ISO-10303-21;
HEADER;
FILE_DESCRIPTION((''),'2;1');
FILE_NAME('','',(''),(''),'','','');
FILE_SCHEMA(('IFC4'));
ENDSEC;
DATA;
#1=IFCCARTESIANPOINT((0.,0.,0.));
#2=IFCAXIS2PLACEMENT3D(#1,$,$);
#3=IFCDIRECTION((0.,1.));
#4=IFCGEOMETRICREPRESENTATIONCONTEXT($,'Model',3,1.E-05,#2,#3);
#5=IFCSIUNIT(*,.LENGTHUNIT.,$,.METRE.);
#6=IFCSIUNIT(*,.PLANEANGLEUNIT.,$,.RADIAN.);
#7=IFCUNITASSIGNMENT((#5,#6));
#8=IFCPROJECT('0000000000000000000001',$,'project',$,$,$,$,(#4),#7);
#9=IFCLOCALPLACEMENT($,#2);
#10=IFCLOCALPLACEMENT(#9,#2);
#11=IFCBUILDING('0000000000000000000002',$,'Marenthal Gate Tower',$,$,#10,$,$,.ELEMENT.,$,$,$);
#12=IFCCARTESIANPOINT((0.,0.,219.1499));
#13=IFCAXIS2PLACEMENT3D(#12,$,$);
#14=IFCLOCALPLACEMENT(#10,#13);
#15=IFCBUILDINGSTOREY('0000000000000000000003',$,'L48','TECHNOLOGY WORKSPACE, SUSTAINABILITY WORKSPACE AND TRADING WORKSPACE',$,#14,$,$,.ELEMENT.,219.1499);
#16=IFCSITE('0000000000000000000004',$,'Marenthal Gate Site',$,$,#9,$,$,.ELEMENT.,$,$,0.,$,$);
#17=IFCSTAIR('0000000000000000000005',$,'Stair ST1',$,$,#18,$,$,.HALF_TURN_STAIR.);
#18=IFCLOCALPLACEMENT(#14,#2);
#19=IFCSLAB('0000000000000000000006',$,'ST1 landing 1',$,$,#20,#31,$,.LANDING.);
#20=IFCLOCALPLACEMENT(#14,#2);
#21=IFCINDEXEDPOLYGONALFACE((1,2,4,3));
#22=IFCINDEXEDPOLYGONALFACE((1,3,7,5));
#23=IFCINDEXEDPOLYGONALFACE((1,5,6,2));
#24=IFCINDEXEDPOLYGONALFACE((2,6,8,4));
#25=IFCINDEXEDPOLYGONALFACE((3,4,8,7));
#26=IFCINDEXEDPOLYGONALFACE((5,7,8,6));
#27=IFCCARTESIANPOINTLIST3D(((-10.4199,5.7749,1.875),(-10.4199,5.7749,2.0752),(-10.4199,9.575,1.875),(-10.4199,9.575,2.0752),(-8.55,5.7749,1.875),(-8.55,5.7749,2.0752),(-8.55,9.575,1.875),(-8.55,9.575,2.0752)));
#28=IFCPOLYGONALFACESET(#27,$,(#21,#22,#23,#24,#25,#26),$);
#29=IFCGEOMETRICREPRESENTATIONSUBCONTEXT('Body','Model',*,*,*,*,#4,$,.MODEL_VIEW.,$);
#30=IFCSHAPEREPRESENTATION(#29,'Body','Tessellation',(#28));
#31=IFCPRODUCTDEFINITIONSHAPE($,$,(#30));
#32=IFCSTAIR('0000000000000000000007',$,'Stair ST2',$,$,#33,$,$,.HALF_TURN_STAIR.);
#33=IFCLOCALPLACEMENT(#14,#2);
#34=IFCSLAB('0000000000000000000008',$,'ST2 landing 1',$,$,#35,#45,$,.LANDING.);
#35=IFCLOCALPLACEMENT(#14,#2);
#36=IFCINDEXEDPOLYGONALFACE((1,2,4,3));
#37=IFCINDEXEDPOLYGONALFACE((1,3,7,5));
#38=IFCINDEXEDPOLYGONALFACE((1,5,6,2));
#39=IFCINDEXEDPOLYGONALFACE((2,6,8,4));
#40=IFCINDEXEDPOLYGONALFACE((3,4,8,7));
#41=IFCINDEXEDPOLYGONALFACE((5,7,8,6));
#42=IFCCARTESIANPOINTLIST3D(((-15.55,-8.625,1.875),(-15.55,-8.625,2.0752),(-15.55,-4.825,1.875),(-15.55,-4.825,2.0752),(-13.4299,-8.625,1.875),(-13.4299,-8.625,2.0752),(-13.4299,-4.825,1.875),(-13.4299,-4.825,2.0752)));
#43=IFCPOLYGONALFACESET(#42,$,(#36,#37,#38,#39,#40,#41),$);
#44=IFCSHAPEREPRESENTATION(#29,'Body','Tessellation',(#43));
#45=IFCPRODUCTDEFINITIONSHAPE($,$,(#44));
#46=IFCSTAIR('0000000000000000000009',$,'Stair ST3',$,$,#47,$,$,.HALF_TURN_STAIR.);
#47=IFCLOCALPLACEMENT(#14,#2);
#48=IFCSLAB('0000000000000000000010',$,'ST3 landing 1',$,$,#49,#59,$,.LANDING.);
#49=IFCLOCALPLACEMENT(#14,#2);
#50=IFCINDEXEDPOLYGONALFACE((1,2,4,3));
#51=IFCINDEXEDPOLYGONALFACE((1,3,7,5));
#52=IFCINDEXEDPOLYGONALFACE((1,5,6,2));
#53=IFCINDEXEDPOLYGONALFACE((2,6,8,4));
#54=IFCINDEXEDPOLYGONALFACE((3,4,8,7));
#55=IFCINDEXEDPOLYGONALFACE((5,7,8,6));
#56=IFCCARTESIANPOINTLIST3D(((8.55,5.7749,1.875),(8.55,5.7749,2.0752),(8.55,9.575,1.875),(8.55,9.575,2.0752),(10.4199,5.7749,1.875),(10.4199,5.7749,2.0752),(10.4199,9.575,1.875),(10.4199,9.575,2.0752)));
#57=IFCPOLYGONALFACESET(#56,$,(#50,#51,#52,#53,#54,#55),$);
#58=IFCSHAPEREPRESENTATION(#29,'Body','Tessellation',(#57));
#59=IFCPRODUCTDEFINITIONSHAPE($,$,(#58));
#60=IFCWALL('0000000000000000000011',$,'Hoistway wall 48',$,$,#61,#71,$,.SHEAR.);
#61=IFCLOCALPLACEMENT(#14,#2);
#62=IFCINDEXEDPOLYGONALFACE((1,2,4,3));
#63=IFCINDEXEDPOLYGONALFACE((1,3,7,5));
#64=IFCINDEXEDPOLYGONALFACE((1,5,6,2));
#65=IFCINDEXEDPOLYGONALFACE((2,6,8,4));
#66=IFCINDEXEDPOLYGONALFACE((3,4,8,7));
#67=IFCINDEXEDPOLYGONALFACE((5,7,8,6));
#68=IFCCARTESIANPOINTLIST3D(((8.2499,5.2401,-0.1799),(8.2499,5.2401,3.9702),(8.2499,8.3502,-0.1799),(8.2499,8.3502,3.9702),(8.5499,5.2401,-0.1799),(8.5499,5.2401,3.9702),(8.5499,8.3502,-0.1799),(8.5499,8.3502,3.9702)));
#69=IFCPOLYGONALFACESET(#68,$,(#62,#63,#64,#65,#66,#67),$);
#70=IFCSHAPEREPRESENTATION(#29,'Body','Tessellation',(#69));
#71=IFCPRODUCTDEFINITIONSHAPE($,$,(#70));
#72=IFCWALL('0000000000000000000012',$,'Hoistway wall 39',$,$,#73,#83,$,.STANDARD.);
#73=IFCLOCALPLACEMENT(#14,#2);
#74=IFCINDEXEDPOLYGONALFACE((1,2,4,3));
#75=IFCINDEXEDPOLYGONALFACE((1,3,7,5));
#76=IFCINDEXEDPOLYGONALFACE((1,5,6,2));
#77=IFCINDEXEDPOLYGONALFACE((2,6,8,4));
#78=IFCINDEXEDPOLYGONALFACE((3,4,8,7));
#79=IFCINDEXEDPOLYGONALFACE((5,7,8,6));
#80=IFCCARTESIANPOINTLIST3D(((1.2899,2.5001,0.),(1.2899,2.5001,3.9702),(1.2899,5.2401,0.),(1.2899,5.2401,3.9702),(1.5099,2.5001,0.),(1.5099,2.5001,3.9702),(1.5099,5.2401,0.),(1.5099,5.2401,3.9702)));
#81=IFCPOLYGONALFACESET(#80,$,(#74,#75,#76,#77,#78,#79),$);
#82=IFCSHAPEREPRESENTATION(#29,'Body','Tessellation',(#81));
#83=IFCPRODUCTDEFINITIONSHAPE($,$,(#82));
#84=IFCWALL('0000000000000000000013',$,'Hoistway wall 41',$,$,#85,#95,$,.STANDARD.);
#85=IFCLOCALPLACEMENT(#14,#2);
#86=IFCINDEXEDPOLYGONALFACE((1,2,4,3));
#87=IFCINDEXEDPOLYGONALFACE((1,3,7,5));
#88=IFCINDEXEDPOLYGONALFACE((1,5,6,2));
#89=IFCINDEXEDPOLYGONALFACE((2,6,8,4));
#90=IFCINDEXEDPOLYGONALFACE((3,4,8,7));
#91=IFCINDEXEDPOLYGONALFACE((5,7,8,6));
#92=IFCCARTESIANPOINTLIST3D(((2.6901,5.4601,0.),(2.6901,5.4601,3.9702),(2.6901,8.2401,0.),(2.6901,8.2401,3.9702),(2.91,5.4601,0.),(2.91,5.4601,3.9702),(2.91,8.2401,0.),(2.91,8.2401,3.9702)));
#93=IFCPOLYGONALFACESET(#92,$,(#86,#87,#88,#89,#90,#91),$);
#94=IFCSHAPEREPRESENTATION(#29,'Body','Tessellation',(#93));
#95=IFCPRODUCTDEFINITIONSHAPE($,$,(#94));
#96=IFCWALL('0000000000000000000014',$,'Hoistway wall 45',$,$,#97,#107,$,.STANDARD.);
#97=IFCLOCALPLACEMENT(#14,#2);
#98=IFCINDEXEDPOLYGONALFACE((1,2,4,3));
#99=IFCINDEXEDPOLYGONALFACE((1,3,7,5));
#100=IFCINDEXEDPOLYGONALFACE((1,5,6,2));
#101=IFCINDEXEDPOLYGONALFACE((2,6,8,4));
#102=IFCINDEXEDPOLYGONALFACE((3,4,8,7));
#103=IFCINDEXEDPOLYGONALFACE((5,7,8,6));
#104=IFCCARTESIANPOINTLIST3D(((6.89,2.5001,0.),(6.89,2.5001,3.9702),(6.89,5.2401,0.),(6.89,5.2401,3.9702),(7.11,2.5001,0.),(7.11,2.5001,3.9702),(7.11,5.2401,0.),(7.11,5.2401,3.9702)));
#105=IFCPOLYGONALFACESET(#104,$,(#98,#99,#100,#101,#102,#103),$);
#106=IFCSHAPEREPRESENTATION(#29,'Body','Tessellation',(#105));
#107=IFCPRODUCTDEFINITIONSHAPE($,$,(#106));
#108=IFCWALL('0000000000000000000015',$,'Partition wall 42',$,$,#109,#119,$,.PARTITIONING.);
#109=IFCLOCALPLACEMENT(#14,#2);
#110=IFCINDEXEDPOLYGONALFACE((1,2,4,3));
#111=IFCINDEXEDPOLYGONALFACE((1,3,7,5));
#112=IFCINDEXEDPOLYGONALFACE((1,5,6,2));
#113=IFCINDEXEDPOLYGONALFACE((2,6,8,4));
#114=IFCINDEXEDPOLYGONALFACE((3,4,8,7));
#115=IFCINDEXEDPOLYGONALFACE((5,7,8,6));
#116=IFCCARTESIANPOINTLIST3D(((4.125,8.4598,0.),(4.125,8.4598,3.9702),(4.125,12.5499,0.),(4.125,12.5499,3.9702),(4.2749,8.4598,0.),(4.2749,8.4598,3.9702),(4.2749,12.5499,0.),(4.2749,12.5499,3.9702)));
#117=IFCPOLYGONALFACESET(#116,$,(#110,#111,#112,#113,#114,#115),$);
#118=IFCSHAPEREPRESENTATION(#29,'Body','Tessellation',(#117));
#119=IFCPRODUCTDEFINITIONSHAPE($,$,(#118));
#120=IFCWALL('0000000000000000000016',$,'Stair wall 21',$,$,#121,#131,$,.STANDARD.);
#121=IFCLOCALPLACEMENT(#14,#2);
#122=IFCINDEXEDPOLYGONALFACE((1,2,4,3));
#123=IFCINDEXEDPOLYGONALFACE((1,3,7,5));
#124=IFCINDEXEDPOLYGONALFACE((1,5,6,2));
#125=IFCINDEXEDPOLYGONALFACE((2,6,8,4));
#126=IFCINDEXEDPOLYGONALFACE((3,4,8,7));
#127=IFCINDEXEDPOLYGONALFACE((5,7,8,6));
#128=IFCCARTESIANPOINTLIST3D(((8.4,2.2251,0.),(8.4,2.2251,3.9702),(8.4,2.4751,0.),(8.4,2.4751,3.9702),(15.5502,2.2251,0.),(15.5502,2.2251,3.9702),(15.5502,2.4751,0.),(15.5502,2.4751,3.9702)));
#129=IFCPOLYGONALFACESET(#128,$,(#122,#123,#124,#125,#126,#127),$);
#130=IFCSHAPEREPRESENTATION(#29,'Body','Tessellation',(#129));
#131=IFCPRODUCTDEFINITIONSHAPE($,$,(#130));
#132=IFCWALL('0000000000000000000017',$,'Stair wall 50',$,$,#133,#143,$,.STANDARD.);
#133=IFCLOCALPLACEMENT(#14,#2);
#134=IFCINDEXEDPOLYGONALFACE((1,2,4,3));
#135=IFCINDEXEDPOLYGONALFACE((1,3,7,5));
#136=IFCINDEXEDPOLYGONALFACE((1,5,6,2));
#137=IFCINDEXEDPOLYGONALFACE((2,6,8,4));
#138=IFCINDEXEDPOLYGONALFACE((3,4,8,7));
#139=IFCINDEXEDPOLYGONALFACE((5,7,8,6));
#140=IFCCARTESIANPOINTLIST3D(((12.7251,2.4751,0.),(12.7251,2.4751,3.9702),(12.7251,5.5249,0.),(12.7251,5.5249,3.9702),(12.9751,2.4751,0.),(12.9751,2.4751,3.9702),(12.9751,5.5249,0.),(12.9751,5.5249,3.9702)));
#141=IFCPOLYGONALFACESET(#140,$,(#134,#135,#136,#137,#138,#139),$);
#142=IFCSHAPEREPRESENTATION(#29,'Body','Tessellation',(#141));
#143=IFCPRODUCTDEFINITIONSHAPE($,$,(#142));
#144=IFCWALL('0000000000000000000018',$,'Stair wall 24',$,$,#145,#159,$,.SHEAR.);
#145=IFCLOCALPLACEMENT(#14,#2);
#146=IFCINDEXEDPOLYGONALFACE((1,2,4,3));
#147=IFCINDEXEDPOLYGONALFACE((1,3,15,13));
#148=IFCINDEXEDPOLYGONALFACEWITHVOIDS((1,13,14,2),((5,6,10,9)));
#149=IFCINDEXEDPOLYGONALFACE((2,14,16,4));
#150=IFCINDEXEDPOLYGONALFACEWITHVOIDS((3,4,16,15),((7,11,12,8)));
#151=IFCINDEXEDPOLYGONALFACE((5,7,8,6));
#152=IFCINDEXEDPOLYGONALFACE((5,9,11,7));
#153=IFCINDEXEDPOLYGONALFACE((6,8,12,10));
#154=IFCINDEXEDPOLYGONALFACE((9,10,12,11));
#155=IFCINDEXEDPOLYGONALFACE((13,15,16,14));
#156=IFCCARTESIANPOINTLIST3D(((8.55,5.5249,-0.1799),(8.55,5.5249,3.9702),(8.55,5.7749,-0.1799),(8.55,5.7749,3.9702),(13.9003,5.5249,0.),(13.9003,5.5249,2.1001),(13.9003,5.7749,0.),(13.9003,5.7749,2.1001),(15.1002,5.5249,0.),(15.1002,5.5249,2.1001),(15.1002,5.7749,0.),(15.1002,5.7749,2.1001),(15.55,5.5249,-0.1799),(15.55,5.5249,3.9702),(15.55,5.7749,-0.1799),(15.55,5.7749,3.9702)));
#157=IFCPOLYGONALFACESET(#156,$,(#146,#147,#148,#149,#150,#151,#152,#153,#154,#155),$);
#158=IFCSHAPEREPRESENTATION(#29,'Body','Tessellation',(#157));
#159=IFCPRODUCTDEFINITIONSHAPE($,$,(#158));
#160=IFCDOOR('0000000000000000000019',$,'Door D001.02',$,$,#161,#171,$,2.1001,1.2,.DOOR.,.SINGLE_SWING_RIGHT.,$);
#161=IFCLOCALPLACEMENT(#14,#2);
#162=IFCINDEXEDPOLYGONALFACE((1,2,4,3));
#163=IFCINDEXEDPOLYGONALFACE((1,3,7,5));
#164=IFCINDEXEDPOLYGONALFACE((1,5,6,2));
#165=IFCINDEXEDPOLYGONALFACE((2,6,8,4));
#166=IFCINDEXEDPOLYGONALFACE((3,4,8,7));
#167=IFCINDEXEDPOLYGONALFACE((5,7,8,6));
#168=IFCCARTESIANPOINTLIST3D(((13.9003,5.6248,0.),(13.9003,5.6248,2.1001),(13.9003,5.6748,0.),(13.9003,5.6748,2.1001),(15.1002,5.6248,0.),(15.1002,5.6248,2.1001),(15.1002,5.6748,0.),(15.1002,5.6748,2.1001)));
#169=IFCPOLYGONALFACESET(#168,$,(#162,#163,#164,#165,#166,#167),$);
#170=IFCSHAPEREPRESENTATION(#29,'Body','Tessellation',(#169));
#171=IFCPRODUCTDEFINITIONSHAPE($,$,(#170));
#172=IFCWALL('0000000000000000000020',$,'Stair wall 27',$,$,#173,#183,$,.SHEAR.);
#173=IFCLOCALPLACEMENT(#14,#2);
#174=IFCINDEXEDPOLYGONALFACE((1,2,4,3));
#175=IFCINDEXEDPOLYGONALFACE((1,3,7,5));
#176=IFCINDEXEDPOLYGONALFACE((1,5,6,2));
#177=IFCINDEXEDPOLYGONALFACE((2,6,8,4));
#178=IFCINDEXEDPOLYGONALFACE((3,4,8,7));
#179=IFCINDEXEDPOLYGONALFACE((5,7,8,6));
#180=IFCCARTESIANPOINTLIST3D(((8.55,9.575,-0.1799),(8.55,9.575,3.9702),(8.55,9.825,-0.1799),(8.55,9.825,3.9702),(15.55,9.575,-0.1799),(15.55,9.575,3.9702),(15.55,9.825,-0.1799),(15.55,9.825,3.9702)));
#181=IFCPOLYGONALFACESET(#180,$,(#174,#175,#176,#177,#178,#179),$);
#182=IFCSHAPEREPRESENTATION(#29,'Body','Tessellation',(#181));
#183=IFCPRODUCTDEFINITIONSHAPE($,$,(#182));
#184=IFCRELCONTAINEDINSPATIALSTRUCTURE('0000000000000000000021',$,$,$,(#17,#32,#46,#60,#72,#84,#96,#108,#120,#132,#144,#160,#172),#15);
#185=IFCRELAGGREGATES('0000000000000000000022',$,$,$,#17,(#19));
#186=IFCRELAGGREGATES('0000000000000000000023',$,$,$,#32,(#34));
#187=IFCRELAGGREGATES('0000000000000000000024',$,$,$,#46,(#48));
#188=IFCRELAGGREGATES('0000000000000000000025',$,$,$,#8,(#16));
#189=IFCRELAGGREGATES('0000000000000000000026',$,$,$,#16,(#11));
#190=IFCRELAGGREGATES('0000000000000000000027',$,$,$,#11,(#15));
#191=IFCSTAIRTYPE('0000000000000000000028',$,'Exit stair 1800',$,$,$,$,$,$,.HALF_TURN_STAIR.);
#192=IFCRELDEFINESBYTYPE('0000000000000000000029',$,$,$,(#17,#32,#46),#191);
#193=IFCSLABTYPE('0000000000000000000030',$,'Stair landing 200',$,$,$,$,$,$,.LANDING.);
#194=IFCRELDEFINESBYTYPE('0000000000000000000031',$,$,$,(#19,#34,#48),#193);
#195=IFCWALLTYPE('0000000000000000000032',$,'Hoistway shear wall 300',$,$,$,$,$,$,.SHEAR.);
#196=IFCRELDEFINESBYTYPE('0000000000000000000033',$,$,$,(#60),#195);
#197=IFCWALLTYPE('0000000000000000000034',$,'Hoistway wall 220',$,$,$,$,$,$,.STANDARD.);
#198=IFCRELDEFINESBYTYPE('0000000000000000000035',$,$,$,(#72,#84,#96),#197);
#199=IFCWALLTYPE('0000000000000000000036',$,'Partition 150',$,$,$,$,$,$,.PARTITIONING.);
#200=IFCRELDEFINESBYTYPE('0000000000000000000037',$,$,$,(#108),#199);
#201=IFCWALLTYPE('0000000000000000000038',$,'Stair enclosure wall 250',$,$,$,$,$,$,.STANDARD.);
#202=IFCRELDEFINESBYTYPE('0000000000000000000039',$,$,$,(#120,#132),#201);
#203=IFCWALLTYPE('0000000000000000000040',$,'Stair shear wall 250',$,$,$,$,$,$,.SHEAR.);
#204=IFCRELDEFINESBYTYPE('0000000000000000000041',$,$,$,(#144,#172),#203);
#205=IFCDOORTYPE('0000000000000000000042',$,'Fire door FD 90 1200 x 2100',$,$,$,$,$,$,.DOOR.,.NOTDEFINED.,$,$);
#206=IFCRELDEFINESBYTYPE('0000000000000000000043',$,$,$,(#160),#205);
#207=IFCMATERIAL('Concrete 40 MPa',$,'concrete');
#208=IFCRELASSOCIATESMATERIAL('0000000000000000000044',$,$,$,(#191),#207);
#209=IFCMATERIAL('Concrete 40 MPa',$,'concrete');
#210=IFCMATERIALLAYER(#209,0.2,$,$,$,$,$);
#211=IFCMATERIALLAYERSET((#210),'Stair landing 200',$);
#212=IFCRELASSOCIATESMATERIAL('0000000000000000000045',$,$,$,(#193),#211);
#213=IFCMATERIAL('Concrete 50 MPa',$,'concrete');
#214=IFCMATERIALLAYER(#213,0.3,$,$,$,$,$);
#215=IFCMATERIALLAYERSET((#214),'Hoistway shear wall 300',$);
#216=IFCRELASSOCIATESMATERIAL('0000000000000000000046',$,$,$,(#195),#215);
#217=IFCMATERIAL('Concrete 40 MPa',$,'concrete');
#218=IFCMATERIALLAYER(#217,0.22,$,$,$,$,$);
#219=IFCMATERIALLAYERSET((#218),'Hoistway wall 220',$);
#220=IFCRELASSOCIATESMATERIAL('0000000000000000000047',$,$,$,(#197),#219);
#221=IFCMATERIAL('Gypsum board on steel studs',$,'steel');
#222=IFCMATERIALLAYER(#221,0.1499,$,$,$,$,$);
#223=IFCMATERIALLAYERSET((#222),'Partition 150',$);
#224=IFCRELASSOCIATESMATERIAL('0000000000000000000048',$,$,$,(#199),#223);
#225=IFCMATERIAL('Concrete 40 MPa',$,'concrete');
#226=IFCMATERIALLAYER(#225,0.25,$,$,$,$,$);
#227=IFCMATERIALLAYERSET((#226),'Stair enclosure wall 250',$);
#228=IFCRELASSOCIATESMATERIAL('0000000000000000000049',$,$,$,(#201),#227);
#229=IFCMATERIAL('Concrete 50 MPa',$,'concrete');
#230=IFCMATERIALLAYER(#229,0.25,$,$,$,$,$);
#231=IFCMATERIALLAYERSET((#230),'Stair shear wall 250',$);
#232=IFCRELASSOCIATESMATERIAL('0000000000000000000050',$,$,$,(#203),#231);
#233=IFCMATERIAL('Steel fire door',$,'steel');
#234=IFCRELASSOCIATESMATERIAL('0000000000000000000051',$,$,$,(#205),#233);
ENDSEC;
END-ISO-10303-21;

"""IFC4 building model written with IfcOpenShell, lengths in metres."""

from ifc_helpers import new_model, si_unit, direction, frame, frame_2d, origin, place, context, subcontext, project, spatial, polyline, rectangle, outline, extrude, material, layer, layer_set, type_object, element, fill, aggregate, save


model = new_model("IFC4")

# Units and contexts
model_context = context("Model", 3, precision=1e-05, world=origin(), true_north=direction((0.0, 1.0)))
body_context = subcontext(model_context, "Body", "Model", "MODEL_VIEW")
ifc_project = project(units=[si_unit("LENGTHUNIT", "METRE"), si_unit("PLANEANGLEUNIT", "RADIAN")], contexts=[model_context])

# Site, building, storey
site_placement = place(None, origin())
site = spatial("IfcSite", under=ifc_project, at=site_placement, Name="Marenthal Gate Site", CompositionType="ELEMENT", RefElevation=0.0)
building_placement = place(site_placement, origin())
building = spatial("IfcBuilding", under=site, at=building_placement, Name="Marenthal Gate Tower", CompositionType="ELEMENT")
storey_placement = place(building_placement, frame((0.0, 0.0, 219.1499)))
storey = spatial("IfcBuildingStorey", under=building, at=storey_placement, Name="L48", Description="TECHNOLOGY WORKSPACE, SUSTAINABILITY WORKSPACE AND TRADING WORKSPACE", CompositionType="ELEMENT", Elevation=219.1499)

# Stairs, slabs
ifc_material_1 = material(Name="Concrete 40 MPa", Category="concrete")
stair_type = type_object("IfcStairType", Name="Exit stair 1800", PredefinedType="HALF_TURN_STAIR", material=ifc_material_1)
stair_1_placement = place(storey_placement, origin())
stair_1 = element("IfcStair", 1, at=stair_1_placement, inside=storey, type_object=stair_type, Name="Stair ST1", PredefinedType="HALF_TURN_STAIR")
ifc_material_2 = material(Name="Concrete 40 MPa", Category="concrete")
ifc_layer_1 = layer(ifc_material_2, 0.2)
ifc_layer_set_1 = layer_set([ifc_layer_1], Name="Stair landing 200")
slab_type = type_object("IfcSlabType", Name="Stair landing 200", PredefinedType="LANDING", material=ifc_layer_set_1)
slab_1_placement = place(storey_placement, frame((0.0, 0.0, 1.875)))
slab_1 = element("IfcSlab", 2, at=slab_1_placement, type_object=slab_type, Name="ST1 landing 1", PredefinedType="LANDING", context=body_context, shape_type="SweptSolid", body=[
    extrude(outline(polyline([(-10.4199, 5.7749), (-8.55, 5.7749), (-8.55, 9.575), (-10.4199, 9.575), (-10.4199, 5.7749)])), origin(), (0.0, 0.0, 1.0), 0.2002),
])
aggregate(stair_1, [slab_1])
stair_2_placement = place(storey_placement, origin())
stair_2 = element("IfcStair", 3, at=stair_2_placement, inside=storey, type_object=stair_type, Name="Stair ST2", PredefinedType="HALF_TURN_STAIR")
slab_2_placement = place(storey_placement, frame((0.0, 0.0, 1.875)))
slab_2 = element("IfcSlab", 4, at=slab_2_placement, type_object=slab_type, Name="ST2 landing 1", PredefinedType="LANDING", context=body_context, shape_type="SweptSolid", body=[
    extrude(outline(polyline([(-15.55, -8.625), (-13.4299, -8.625), (-13.4299, -4.825), (-15.55, -4.825), (-15.55, -8.625)])), origin(), (0.0, 0.0, 1.0), 0.2002),
])
aggregate(stair_2, [slab_2])
stair_3_placement = place(storey_placement, origin())
stair_3 = element("IfcStair", 5, at=stair_3_placement, inside=storey, type_object=stair_type, Name="Stair ST3", PredefinedType="HALF_TURN_STAIR")
slab_3_placement = place(storey_placement, frame((0.0, 0.0, 1.875)))
slab_3 = element("IfcSlab", 6, at=slab_3_placement, type_object=slab_type, Name="ST3 landing 1", PredefinedType="LANDING", context=body_context, shape_type="SweptSolid", body=[
    extrude(outline(polyline([(8.55, 5.7749), (10.4199, 5.7749), (10.4199, 9.575), (8.55, 9.575), (8.55, 5.7749)])), origin(), (0.0, 0.0, 1.0), 0.2002),
])

# Walls
ifc_material_3 = material(Name="Concrete 50 MPa", Category="concrete")
ifc_layer_2 = layer(ifc_material_3, 0.3)
ifc_layer_set_2 = layer_set([ifc_layer_2], Name="Hoistway shear wall 300")
wall_type_1 = type_object("IfcWallType", Name="Hoistway shear wall 300", PredefinedType="SHEAR", material=ifc_layer_set_2)
wall_1_placement = place(storey_placement, frame((8.3999, 5.24, -0.1799), z_axis=(0.0, 0.0, 1.0), x_axis=(0.0, 1.0, 0.0)))
element("IfcWall", 7, at=wall_1_placement, inside=storey, type_object=wall_type_1, Name="Hoistway wall 48", PredefinedType="SHEAR", context=body_context, shape_type="SweptSolid", body=[
    extrude(rectangle(XDim=3.1101, YDim=0.3, at=frame_2d((1.5552, 0.0))), origin(), (0.0, 0.0, 1.0), 4.1501),
])
ifc_material_4 = material(Name="Concrete 40 MPa", Category="concrete")
ifc_layer_3 = layer(ifc_material_4, 0.22)
ifc_layer_set_3 = layer_set([ifc_layer_3], Name="Hoistway wall 220")
wall_type_2 = type_object("IfcWallType", Name="Hoistway wall 220", PredefinedType="STANDARD", material=ifc_layer_set_3)
wall_2_placement = place(storey_placement, frame((1.3999, 2.5, 0.0), z_axis=(0.0, 0.0, 1.0), x_axis=(0.0, 1.0, 0.0)))
element("IfcWall", 8, at=wall_2_placement, inside=storey, type_object=wall_type_2, Name="Hoistway wall 39", PredefinedType="STANDARD", context=body_context, shape_type="SweptSolid", body=[
    extrude(rectangle(XDim=2.74, YDim=0.22, at=frame_2d((1.3701, 0.0))), origin(), (0.0, 0.0, 1.0), 3.9702),
])
wall_3_placement = place(storey_placement, frame((2.8, 5.46, 0.0), z_axis=(0.0, 0.0, 1.0), x_axis=(0.0, 1.0, 0.0)))
element("IfcWall", 9, at=wall_3_placement, inside=storey, type_object=wall_type_2, Name="Hoistway wall 41", PredefinedType="STANDARD", context=body_context, shape_type="SweptSolid", body=[
    extrude(rectangle(XDim=2.78, YDim=0.22, at=frame_2d((1.3901, 0.0))), origin(), (0.0, 0.0, 1.0), 3.9702),
])
wall_4_placement = place(storey_placement, frame((7.0, 2.5, 0.0), z_axis=(0.0, 0.0, 1.0), x_axis=(0.0, 1.0, 0.0)))
element("IfcWall", 10, at=wall_4_placement, inside=storey, type_object=wall_type_2, Name="Hoistway wall 45", PredefinedType="STANDARD", context=body_context, shape_type="SweptSolid", body=[
    extrude(rectangle(XDim=2.74, YDim=0.22, at=frame_2d((1.3701, 0.0))), origin(), (0.0, 0.0, 1.0), 3.9702),
])
ifc_material_5 = material(Name="Gypsum board on steel studs", Category="steel")
ifc_layer_4 = layer(ifc_material_5, 0.1499)
ifc_layer_set_4 = layer_set([ifc_layer_4], Name="Partition 150")
wall_type_3 = type_object("IfcWallType", Name="Partition 150", PredefinedType="PARTITIONING", material=ifc_layer_set_4)
wall_5_placement = place(storey_placement, frame((4.2, 8.46, 0.0), z_axis=(0.0, 0.0, 1.0), x_axis=(0.0, 1.0, 0.0)))
element("IfcWall", 11, at=wall_5_placement, inside=storey, type_object=wall_type_3, Name="Partition wall 42", PredefinedType="PARTITIONING", context=body_context, shape_type="SweptSolid", body=[
    extrude(rectangle(XDim=4.0901, YDim=0.1499, at=frame_2d((2.0449, 0.0))), origin(), (0.0, 0.0, 1.0), 3.9702),
])
ifc_material_6 = material(Name="Concrete 40 MPa", Category="concrete")
ifc_layer_5 = layer(ifc_material_6, 0.25)
ifc_layer_set_5 = layer_set([ifc_layer_5], Name="Stair enclosure wall 250")
wall_type_4 = type_object("IfcWallType", Name="Stair enclosure wall 250", PredefinedType="STANDARD", material=ifc_layer_set_5)
wall_6_placement = place(storey_placement, frame((8.3999, 2.3501, 0.0), z_axis=(0.0, 0.0, 1.0), x_axis=(1.0, 0.0, 0.0)))
element("IfcWall", 12, at=wall_6_placement, inside=storey, type_object=wall_type_4, Name="Stair wall 21", PredefinedType="STANDARD", context=body_context, shape_type="SweptSolid", body=[
    extrude(rectangle(XDim=7.1501, YDim=0.25, at=frame_2d((3.5752, 0.0))), origin(), (0.0, 0.0, 1.0), 3.9702),
])
wall_7_placement = place(storey_placement, frame((12.8501, 2.4751, 0.0), z_axis=(0.0, 0.0, 1.0), x_axis=(0.0, 1.0, 0.0)))
element("IfcWall", 13, at=wall_7_placement, inside=storey, type_object=wall_type_4, Name="Stair wall 50", PredefinedType="STANDARD", context=body_context, shape_type="SweptSolid", body=[
    extrude(rectangle(XDim=3.0498, YDim=0.25, at=frame_2d((1.5249, 0.0))), origin(), (0.0, 0.0, 1.0), 3.9702),
])

# Wall, opening, door
ifc_material_7 = material(Name="Concrete 50 MPa", Category="concrete")
ifc_layer_6 = layer(ifc_material_7, 0.25)
ifc_layer_set_6 = layer_set([ifc_layer_6], Name="Stair shear wall 250")
wall_type_5 = type_object("IfcWallType", Name="Stair shear wall 250", PredefinedType="SHEAR", material=ifc_layer_set_6)
wall_8_placement = place(storey_placement, frame((8.55, 5.6499, -0.1799), z_axis=(0.0, 0.0, 1.0), x_axis=(1.0, 0.0, 0.0)))
wall_8 = element("IfcWall", 14, at=wall_8_placement, inside=storey, type_object=wall_type_5, Name="Stair wall 24", PredefinedType="SHEAR", context=body_context, shape_type="SweptSolid", body=[
    extrude(rectangle(XDim=7.0, YDim=0.25, at=frame_2d((3.5, 0.0))), origin(), (0.0, 0.0, 1.0), 4.1501),
])
opening_placement = place(wall_8_placement, frame((5.3501, 0.0, 0.1799)))
opening = element("IfcOpeningElement", 15, at=opening_placement, cuts=wall_8, PredefinedType="OPENING", context=body_context, shape_type="SweptSolid", body=[
    extrude(rectangle(XDim=1.2, YDim=2.1001, at=frame_2d((0.6001, 1.05))), frame((0.0, 0.135, 0.0), z_axis=(0.0, -1.0, 0.0), x_axis=(1.0, 0.0, 0.0)), (0.0, 0.0, 1.0), 0.27),
])
ifc_material_8 = material(Name="Steel fire door", Category="steel")
door_type = type_object("IfcDoorType", Name="Fire door FD 90 1200 x 2100", OperationType="NOTDEFINED", PredefinedType="DOOR", material=ifc_material_8)
door_placement = place(opening_placement, origin())
door = element("IfcDoor", 16, at=door_placement, inside=storey, type_object=door_type, Name="Door D001.02", OperationType="SINGLE_SWING_RIGHT", OverallHeight=2.1001, OverallWidth=1.2, PredefinedType="DOOR", context=body_context, shape_type="SweptSolid", body=[
    extrude(rectangle(XDim=1.2, YDim=2.1001, at=frame_2d((0.6001, 1.05))), frame((0.0, 0.0249, 0.0), z_axis=(0.0, -1.0, 0.0), x_axis=(1.0, 0.0, 0.0)), (0.0, 0.0, 1.0), 0.05),
])
fill(opening, door)

# Wall
wall_9_placement = place(storey_placement, frame((8.55, 9.7, -0.1799), z_axis=(0.0, 0.0, 1.0), x_axis=(1.0, 0.0, 0.0)))
element("IfcWall", 17, at=wall_9_placement, inside=storey, type_object=wall_type_5, Name="Stair wall 27", PredefinedType="SHEAR", context=body_context, shape_type="SweptSolid", body=[
    extrude(rectangle(XDim=7.0, YDim=0.25, at=frame_2d((3.5, 0.0))), origin(), (0.0, 0.0, 1.0), 4.1501),
])

aggregate(stair_3, [slab_3])

save(model, "model.ifc")
